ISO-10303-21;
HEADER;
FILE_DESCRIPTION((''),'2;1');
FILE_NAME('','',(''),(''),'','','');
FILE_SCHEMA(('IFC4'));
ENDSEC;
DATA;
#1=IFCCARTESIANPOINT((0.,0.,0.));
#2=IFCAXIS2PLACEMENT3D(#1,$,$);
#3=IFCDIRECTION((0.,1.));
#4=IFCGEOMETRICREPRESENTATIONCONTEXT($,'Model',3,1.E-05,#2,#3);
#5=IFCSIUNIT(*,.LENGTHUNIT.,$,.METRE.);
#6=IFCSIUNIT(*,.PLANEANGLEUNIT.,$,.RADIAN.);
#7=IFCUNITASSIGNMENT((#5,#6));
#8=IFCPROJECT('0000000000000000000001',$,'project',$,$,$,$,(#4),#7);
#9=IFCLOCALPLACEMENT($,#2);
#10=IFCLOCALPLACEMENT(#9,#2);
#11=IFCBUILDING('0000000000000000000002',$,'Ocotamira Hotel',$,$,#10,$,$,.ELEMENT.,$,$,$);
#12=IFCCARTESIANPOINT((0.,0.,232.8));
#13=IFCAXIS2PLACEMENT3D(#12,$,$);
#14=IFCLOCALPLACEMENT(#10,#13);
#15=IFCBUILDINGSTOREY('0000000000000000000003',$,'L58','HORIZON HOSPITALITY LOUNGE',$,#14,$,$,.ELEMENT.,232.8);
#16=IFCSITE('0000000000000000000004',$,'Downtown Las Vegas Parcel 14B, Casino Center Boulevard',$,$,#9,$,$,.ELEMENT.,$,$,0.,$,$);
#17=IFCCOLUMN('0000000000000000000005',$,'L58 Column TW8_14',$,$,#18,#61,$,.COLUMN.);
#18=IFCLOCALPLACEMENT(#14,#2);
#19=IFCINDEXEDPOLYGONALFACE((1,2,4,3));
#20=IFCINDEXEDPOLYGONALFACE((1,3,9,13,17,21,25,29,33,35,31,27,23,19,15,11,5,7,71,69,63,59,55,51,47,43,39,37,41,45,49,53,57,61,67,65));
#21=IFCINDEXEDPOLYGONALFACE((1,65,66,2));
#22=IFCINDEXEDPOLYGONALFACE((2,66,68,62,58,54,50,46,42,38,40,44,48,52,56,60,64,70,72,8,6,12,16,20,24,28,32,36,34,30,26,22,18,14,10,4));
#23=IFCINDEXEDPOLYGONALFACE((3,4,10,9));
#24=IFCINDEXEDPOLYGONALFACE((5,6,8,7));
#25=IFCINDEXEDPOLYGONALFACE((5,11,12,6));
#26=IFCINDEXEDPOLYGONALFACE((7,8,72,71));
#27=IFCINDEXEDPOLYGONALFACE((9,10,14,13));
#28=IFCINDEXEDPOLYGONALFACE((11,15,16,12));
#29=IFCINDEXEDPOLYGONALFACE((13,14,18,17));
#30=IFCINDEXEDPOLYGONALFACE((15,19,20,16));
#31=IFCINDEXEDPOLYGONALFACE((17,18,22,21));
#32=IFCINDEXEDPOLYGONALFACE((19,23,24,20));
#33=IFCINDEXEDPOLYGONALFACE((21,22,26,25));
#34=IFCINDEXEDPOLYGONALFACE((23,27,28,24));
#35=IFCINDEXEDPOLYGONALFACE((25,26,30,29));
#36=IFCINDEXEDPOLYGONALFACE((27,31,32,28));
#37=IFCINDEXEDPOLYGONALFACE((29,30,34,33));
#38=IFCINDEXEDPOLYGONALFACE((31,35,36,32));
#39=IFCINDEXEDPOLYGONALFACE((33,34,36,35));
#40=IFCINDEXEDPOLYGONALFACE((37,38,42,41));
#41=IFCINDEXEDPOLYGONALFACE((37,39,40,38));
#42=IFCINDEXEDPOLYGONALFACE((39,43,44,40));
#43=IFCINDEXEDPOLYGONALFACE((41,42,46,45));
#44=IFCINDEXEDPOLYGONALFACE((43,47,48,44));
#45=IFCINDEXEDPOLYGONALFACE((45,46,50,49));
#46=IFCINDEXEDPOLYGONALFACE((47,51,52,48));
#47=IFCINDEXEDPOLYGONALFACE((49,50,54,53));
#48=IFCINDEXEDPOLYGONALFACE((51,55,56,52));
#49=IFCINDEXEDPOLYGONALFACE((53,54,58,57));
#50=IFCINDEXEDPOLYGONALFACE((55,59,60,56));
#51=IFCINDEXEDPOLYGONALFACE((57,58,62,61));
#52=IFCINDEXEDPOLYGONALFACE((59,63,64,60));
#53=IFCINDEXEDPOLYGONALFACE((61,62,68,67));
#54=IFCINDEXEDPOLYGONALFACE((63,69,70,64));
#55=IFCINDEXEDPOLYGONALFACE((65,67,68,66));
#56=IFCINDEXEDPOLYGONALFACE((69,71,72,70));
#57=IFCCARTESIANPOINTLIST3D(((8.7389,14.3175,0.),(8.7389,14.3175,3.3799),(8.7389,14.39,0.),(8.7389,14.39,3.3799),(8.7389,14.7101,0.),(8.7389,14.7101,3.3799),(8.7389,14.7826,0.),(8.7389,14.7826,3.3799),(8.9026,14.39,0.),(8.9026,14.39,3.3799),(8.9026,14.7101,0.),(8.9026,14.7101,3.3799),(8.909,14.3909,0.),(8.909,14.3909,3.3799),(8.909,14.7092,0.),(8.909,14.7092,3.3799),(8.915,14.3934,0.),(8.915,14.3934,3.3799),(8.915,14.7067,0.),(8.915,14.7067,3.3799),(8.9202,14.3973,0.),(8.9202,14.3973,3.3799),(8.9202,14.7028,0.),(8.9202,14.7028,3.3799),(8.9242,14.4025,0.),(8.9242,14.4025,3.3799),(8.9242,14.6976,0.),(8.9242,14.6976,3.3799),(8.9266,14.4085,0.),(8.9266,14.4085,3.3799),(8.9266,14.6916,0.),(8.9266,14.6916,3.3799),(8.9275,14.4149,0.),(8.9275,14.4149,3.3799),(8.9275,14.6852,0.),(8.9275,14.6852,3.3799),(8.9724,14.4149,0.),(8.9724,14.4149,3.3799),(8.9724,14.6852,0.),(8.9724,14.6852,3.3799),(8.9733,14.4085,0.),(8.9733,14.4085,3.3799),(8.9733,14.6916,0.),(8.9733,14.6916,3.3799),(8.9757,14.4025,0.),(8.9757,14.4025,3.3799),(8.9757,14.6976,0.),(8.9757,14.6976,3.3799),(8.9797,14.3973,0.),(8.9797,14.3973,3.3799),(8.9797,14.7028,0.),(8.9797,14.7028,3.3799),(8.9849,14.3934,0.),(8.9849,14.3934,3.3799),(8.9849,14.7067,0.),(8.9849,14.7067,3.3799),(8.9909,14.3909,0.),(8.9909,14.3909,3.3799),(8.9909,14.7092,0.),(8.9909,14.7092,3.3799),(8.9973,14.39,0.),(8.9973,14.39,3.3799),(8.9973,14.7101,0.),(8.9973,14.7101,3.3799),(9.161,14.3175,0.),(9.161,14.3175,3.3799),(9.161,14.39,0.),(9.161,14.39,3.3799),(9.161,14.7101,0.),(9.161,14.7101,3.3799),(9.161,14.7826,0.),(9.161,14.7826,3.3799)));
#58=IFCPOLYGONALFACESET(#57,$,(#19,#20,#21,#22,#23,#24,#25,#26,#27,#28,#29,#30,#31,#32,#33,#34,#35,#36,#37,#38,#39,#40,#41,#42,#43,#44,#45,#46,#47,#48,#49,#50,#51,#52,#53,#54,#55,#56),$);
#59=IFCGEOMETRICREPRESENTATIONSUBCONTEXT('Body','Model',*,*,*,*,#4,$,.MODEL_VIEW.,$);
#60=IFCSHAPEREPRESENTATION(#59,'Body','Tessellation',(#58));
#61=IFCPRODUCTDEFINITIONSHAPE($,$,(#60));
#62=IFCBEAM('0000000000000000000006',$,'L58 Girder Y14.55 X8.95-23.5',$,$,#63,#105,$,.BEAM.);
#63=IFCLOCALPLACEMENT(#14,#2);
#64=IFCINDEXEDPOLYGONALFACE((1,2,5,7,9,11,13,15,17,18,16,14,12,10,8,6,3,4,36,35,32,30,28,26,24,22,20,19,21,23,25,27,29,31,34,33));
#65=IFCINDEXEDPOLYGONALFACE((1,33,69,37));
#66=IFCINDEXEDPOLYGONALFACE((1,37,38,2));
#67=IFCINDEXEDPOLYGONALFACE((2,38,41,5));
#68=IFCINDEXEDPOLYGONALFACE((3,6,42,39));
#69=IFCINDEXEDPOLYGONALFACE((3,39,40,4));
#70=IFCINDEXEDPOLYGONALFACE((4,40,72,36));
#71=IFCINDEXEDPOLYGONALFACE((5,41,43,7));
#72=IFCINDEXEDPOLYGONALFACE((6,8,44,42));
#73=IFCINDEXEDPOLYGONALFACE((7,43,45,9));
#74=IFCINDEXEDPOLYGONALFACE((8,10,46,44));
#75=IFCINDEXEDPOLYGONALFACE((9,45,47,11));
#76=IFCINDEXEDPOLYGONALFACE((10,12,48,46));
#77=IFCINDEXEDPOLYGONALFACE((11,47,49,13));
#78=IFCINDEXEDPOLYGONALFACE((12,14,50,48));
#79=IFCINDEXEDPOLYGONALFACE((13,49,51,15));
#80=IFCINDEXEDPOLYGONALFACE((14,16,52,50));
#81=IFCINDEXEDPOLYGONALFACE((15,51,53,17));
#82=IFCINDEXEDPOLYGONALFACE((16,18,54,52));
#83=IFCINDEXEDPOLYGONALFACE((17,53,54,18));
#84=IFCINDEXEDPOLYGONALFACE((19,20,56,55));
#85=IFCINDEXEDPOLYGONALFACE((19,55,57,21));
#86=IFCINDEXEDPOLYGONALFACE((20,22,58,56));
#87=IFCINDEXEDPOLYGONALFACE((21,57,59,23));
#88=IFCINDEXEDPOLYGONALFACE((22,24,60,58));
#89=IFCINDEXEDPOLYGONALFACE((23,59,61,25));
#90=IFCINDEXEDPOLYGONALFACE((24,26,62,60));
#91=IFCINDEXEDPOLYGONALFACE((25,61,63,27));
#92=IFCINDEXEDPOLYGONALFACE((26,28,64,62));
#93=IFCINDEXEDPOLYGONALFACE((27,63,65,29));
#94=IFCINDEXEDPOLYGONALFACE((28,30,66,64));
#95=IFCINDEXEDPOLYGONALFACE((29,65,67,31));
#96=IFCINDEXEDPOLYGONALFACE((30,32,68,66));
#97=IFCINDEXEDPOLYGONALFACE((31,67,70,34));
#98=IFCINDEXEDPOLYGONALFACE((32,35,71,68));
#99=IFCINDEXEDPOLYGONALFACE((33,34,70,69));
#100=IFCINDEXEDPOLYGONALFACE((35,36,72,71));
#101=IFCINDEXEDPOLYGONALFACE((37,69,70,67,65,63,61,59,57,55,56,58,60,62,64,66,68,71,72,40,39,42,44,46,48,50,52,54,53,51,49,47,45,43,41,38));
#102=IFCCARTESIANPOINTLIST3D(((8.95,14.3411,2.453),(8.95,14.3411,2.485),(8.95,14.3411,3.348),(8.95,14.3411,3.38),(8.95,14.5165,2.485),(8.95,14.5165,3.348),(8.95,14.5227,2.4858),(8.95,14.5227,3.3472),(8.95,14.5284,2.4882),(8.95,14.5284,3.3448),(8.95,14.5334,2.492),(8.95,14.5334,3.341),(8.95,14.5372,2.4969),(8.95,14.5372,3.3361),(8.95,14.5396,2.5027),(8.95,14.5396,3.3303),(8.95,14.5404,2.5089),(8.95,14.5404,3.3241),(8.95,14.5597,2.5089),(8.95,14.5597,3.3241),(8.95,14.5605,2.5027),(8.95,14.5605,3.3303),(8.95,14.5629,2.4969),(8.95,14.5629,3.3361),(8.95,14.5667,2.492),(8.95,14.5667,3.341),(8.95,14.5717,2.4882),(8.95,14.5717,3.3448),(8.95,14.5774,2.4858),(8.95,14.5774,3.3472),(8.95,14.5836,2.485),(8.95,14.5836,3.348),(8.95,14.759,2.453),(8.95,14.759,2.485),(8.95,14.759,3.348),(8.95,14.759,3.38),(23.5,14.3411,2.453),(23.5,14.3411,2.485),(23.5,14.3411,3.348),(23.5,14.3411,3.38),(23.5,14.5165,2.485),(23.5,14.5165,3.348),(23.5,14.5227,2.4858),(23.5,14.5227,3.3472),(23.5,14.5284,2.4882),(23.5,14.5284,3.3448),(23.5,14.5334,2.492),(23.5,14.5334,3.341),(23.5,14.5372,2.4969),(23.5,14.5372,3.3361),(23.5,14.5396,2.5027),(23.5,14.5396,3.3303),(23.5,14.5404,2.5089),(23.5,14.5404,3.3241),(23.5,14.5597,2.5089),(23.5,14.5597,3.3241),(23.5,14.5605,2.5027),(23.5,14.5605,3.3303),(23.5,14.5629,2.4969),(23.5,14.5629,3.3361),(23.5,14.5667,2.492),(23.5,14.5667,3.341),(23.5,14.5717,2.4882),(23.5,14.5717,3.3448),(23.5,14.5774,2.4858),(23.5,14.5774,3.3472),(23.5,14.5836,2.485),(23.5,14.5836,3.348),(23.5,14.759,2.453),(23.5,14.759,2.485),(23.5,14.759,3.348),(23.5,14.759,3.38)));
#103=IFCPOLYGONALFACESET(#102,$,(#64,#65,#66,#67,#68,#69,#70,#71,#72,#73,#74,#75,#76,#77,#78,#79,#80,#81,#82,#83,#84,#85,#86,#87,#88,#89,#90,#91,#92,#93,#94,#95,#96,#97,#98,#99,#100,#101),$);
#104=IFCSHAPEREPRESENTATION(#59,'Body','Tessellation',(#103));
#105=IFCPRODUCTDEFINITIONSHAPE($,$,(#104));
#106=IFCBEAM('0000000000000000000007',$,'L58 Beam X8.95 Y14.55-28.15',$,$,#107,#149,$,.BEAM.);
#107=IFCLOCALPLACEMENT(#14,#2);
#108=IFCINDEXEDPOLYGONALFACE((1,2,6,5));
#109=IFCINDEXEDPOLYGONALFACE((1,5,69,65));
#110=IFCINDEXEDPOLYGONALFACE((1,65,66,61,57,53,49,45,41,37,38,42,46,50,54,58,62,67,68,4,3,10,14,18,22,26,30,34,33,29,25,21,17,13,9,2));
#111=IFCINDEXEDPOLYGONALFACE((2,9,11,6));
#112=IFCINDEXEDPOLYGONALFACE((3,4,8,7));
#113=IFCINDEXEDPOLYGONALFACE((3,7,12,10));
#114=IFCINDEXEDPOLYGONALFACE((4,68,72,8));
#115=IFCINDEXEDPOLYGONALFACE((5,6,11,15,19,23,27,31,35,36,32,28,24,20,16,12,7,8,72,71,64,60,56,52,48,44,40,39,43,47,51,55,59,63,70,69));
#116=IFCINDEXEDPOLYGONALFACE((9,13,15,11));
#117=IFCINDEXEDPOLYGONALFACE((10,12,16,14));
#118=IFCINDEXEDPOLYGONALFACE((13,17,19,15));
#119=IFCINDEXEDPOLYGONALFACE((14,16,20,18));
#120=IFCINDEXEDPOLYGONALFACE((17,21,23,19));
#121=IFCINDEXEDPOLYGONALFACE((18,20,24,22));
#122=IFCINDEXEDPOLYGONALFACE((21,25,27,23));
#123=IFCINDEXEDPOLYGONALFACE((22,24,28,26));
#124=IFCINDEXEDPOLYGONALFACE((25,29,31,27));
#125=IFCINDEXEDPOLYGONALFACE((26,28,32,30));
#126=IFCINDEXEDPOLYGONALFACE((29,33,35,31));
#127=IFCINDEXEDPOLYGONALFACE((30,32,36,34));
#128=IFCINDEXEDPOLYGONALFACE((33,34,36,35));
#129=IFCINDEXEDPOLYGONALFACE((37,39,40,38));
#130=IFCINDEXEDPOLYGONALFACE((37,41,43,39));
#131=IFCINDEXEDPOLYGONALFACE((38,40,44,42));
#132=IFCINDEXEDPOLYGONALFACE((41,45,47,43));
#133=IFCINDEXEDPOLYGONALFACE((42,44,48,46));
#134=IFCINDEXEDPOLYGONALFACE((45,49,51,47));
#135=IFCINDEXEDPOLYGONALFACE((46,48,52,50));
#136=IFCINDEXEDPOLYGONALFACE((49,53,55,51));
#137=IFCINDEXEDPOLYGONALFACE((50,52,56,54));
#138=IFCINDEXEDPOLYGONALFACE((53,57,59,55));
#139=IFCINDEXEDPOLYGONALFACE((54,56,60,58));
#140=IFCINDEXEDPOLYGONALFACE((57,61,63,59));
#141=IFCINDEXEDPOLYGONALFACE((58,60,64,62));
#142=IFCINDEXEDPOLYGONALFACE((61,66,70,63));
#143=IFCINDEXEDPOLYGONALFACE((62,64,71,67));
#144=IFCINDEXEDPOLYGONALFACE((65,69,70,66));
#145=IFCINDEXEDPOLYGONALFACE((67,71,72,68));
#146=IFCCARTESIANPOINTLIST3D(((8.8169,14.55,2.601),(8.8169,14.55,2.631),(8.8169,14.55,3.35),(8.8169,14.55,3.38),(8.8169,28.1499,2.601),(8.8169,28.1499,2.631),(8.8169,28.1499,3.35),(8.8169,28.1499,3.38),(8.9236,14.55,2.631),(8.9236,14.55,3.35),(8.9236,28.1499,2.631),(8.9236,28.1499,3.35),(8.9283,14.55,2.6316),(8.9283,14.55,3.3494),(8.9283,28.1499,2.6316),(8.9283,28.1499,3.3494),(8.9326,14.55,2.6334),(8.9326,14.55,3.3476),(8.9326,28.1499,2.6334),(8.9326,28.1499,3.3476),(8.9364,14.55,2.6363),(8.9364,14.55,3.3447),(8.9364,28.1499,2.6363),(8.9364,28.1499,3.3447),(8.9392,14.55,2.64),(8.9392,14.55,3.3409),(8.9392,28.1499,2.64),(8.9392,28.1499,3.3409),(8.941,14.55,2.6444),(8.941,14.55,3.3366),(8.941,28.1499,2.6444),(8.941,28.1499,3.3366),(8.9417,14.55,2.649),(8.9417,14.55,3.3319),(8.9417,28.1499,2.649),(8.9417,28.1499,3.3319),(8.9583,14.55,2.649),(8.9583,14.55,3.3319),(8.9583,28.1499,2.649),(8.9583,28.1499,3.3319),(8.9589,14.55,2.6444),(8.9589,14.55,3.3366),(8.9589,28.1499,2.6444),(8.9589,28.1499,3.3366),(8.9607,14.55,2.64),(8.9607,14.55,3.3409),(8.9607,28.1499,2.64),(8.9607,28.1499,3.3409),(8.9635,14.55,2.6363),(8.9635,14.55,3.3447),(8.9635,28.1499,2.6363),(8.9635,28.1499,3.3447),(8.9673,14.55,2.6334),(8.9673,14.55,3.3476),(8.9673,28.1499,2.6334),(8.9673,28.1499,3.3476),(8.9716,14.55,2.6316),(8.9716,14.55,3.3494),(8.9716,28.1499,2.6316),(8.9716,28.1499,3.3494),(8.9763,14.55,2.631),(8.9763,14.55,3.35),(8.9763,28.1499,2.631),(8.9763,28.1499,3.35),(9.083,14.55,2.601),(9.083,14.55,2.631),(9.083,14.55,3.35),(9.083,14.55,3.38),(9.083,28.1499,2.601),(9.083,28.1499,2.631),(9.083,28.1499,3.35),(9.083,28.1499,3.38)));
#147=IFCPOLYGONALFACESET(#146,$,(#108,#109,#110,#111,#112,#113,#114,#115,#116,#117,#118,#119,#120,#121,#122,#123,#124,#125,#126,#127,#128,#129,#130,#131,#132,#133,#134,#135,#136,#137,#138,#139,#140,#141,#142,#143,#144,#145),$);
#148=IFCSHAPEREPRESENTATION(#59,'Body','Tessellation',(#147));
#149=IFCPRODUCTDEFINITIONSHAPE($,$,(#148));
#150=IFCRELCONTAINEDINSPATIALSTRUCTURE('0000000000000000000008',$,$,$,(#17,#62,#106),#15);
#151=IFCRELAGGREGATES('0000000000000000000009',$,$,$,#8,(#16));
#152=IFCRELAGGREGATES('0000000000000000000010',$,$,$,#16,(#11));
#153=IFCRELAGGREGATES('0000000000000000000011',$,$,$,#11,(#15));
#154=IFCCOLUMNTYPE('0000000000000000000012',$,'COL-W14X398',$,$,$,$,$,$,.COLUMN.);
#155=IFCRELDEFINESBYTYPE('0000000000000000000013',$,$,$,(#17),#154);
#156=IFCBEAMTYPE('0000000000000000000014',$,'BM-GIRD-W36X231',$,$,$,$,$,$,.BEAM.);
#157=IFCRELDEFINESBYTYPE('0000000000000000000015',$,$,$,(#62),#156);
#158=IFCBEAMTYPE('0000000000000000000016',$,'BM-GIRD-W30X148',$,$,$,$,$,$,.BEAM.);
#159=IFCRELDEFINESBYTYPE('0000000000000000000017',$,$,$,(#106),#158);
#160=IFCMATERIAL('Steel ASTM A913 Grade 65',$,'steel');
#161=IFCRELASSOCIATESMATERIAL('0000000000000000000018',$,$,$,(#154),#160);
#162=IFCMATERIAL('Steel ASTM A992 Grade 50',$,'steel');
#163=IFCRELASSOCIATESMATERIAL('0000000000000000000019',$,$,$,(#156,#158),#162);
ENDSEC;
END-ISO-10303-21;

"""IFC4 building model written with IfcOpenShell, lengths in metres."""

from ifc_helpers import new_model, si_unit, direction, frame, origin, origin_2d, place, context, subcontext, project, spatial, i_section, extrude, source, transform, mapped, material, material_profile, profile_set, type_object, element, save


model = new_model("IFC4")

# Units and contexts
model_context = context("Model", 3, precision=1e-05, world=origin(), true_north=direction((0.0, 1.0)))
body_context = subcontext(model_context, "Body", "Model", "MODEL_VIEW")
ifc_project = project(units=[si_unit("LENGTHUNIT", "METRE"), si_unit("PLANEANGLEUNIT", "RADIAN")], contexts=[model_context])

# Site, building, storey
site_placement = place(None, origin())
site = spatial("IfcSite", under=ifc_project, at=site_placement, Name="Downtown Las Vegas Parcel 14B, Casino Center Boulevard", CompositionType="ELEMENT", RefElevation=0.0)
building_placement = place(site_placement, origin())
building = spatial("IfcBuilding", under=site, at=building_placement, Name="Ocotamira Hotel", CompositionType="ELEMENT")
storey_placement = place(building_placement, frame((0.0, 0.0, 232.8)))
storey = spatial("IfcBuildingStorey", under=building, at=storey_placement, Name="L58", Description="HORIZON HOSPITALITY LOUNGE", CompositionType="ELEMENT", Elevation=232.8)

# Column
ifc_material_1 = material(Name="Steel ASTM A913 Grade 65", Category="steel")
ifc_material_profile_1 = material_profile(ifc_material_1, i_section(OverallWidth=0.4221, OverallDepth=0.4651, WebThickness=0.0449, FlangeThickness=0.0725, FilletRadius=0.0249, at=origin_2d()), Name="W14X398")
ifc_profile_set_1 = profile_set([ifc_material_profile_1], Name="Steel ASTM A913 Grade 65")
column_type = type_object("IfcColumnType", Name="COL-W14X398", PredefinedType="COLUMN", material=ifc_profile_set_1)
shared_shape_1 = source(origin(), body_context, "Body", "SweptSolid", [
    extrude(i_section(OverallWidth=0.4221, OverallDepth=0.4651, WebThickness=0.0449, FlangeThickness=0.0725, FilletRadius=0.0249, at=origin_2d()), origin(), (0.0, 0.0, 1.0), 3.3799),
])
column_placement = place(storey_placement, frame((8.95, 14.55, 0.0), z_axis=(0.0, 0.0, 1.0), x_axis=(1.0, 0.0, 0.0)))
element("IfcColumn", 1, at=column_placement, inside=storey, type_object=column_type, Name="L58 Column TW8_14", PredefinedType="COLUMN", context=body_context, shape_type="MappedRepresentation", body=[
    mapped(shared_shape_1, transform((0.0, 0.0, 0.0), scale=1.0)),
])

# Beams
ifc_material_2 = material(Name="Steel ASTM A992 Grade 50", Category="steel")
ifc_material_profile_2 = material_profile(ifc_material_2, i_section(OverallWidth=0.418, OverallDepth=0.927, WebThickness=0.0193, FlangeThickness=0.032, FilletRadius=0.0239, at=origin_2d()), Name="W36X231")
ifc_profile_set_2 = profile_set([ifc_material_profile_2], Name="Steel ASTM A992 Grade 50")
beam_type_1 = type_object("IfcBeamType", Name="BM-GIRD-W36X231", PredefinedType="BEAM", material=ifc_profile_set_2)
shared_shape_2 = source(origin(), body_context, "Body", "SweptSolid", [
    extrude(i_section(OverallWidth=0.418, OverallDepth=0.927, WebThickness=0.0193, FlangeThickness=0.032, FilletRadius=0.0239, at=origin_2d()), origin(), (0.0, 0.0, 1.0), 14.55),
])
beam_1_placement = place(storey_placement, frame((8.95, 14.55, 2.9165), z_axis=(1.0, 0.0, 0.0), x_axis=(0.0, 1.0, 0.0)))
element("IfcBeam", 2, at=beam_1_placement, inside=storey, type_object=beam_type_1, Name="L58 Girder Y14.55 X8.95-23.5", PredefinedType="BEAM", context=body_context, shape_type="MappedRepresentation", body=[
    mapped(shared_shape_2, transform((0.0, 0.0, 0.0), scale=1.0)),
])
ifc_material_profile_3 = material_profile(ifc_material_2, i_section(OverallWidth=0.2661, OverallDepth=0.7791, WebThickness=0.0166, FlangeThickness=0.03, FilletRadius=0.0181, at=origin_2d()), Name="W30X148")
ifc_profile_set_3 = profile_set([ifc_material_profile_3], Name="Steel ASTM A992 Grade 50")
beam_type_2 = type_object("IfcBeamType", Name="BM-GIRD-W30X148", PredefinedType="BEAM", material=ifc_profile_set_3)
shared_shape_3 = source(origin(), body_context, "Body", "SweptSolid", [
    extrude(i_section(OverallWidth=0.2661, OverallDepth=0.7791, WebThickness=0.0166, FlangeThickness=0.03, FilletRadius=0.0181, at=origin_2d()), origin(), (0.0, 0.0, 1.0), 13.5999),
])
beam_2_placement = place(storey_placement, frame((8.95, 14.55, 2.9905), z_axis=(0.0, 1.0, 0.0), x_axis=(-1.0, 0.0, 0.0)))
element("IfcBeam", 3, at=beam_2_placement, inside=storey, type_object=beam_type_2, Name="L58 Beam X8.95 Y14.55-28.15", PredefinedType="BEAM", context=body_context, shape_type="MappedRepresentation", body=[
    mapped(shared_shape_3, transform((0.0, 0.0, 0.0), scale=1.0)),
])

save(model, "model.ifc")
